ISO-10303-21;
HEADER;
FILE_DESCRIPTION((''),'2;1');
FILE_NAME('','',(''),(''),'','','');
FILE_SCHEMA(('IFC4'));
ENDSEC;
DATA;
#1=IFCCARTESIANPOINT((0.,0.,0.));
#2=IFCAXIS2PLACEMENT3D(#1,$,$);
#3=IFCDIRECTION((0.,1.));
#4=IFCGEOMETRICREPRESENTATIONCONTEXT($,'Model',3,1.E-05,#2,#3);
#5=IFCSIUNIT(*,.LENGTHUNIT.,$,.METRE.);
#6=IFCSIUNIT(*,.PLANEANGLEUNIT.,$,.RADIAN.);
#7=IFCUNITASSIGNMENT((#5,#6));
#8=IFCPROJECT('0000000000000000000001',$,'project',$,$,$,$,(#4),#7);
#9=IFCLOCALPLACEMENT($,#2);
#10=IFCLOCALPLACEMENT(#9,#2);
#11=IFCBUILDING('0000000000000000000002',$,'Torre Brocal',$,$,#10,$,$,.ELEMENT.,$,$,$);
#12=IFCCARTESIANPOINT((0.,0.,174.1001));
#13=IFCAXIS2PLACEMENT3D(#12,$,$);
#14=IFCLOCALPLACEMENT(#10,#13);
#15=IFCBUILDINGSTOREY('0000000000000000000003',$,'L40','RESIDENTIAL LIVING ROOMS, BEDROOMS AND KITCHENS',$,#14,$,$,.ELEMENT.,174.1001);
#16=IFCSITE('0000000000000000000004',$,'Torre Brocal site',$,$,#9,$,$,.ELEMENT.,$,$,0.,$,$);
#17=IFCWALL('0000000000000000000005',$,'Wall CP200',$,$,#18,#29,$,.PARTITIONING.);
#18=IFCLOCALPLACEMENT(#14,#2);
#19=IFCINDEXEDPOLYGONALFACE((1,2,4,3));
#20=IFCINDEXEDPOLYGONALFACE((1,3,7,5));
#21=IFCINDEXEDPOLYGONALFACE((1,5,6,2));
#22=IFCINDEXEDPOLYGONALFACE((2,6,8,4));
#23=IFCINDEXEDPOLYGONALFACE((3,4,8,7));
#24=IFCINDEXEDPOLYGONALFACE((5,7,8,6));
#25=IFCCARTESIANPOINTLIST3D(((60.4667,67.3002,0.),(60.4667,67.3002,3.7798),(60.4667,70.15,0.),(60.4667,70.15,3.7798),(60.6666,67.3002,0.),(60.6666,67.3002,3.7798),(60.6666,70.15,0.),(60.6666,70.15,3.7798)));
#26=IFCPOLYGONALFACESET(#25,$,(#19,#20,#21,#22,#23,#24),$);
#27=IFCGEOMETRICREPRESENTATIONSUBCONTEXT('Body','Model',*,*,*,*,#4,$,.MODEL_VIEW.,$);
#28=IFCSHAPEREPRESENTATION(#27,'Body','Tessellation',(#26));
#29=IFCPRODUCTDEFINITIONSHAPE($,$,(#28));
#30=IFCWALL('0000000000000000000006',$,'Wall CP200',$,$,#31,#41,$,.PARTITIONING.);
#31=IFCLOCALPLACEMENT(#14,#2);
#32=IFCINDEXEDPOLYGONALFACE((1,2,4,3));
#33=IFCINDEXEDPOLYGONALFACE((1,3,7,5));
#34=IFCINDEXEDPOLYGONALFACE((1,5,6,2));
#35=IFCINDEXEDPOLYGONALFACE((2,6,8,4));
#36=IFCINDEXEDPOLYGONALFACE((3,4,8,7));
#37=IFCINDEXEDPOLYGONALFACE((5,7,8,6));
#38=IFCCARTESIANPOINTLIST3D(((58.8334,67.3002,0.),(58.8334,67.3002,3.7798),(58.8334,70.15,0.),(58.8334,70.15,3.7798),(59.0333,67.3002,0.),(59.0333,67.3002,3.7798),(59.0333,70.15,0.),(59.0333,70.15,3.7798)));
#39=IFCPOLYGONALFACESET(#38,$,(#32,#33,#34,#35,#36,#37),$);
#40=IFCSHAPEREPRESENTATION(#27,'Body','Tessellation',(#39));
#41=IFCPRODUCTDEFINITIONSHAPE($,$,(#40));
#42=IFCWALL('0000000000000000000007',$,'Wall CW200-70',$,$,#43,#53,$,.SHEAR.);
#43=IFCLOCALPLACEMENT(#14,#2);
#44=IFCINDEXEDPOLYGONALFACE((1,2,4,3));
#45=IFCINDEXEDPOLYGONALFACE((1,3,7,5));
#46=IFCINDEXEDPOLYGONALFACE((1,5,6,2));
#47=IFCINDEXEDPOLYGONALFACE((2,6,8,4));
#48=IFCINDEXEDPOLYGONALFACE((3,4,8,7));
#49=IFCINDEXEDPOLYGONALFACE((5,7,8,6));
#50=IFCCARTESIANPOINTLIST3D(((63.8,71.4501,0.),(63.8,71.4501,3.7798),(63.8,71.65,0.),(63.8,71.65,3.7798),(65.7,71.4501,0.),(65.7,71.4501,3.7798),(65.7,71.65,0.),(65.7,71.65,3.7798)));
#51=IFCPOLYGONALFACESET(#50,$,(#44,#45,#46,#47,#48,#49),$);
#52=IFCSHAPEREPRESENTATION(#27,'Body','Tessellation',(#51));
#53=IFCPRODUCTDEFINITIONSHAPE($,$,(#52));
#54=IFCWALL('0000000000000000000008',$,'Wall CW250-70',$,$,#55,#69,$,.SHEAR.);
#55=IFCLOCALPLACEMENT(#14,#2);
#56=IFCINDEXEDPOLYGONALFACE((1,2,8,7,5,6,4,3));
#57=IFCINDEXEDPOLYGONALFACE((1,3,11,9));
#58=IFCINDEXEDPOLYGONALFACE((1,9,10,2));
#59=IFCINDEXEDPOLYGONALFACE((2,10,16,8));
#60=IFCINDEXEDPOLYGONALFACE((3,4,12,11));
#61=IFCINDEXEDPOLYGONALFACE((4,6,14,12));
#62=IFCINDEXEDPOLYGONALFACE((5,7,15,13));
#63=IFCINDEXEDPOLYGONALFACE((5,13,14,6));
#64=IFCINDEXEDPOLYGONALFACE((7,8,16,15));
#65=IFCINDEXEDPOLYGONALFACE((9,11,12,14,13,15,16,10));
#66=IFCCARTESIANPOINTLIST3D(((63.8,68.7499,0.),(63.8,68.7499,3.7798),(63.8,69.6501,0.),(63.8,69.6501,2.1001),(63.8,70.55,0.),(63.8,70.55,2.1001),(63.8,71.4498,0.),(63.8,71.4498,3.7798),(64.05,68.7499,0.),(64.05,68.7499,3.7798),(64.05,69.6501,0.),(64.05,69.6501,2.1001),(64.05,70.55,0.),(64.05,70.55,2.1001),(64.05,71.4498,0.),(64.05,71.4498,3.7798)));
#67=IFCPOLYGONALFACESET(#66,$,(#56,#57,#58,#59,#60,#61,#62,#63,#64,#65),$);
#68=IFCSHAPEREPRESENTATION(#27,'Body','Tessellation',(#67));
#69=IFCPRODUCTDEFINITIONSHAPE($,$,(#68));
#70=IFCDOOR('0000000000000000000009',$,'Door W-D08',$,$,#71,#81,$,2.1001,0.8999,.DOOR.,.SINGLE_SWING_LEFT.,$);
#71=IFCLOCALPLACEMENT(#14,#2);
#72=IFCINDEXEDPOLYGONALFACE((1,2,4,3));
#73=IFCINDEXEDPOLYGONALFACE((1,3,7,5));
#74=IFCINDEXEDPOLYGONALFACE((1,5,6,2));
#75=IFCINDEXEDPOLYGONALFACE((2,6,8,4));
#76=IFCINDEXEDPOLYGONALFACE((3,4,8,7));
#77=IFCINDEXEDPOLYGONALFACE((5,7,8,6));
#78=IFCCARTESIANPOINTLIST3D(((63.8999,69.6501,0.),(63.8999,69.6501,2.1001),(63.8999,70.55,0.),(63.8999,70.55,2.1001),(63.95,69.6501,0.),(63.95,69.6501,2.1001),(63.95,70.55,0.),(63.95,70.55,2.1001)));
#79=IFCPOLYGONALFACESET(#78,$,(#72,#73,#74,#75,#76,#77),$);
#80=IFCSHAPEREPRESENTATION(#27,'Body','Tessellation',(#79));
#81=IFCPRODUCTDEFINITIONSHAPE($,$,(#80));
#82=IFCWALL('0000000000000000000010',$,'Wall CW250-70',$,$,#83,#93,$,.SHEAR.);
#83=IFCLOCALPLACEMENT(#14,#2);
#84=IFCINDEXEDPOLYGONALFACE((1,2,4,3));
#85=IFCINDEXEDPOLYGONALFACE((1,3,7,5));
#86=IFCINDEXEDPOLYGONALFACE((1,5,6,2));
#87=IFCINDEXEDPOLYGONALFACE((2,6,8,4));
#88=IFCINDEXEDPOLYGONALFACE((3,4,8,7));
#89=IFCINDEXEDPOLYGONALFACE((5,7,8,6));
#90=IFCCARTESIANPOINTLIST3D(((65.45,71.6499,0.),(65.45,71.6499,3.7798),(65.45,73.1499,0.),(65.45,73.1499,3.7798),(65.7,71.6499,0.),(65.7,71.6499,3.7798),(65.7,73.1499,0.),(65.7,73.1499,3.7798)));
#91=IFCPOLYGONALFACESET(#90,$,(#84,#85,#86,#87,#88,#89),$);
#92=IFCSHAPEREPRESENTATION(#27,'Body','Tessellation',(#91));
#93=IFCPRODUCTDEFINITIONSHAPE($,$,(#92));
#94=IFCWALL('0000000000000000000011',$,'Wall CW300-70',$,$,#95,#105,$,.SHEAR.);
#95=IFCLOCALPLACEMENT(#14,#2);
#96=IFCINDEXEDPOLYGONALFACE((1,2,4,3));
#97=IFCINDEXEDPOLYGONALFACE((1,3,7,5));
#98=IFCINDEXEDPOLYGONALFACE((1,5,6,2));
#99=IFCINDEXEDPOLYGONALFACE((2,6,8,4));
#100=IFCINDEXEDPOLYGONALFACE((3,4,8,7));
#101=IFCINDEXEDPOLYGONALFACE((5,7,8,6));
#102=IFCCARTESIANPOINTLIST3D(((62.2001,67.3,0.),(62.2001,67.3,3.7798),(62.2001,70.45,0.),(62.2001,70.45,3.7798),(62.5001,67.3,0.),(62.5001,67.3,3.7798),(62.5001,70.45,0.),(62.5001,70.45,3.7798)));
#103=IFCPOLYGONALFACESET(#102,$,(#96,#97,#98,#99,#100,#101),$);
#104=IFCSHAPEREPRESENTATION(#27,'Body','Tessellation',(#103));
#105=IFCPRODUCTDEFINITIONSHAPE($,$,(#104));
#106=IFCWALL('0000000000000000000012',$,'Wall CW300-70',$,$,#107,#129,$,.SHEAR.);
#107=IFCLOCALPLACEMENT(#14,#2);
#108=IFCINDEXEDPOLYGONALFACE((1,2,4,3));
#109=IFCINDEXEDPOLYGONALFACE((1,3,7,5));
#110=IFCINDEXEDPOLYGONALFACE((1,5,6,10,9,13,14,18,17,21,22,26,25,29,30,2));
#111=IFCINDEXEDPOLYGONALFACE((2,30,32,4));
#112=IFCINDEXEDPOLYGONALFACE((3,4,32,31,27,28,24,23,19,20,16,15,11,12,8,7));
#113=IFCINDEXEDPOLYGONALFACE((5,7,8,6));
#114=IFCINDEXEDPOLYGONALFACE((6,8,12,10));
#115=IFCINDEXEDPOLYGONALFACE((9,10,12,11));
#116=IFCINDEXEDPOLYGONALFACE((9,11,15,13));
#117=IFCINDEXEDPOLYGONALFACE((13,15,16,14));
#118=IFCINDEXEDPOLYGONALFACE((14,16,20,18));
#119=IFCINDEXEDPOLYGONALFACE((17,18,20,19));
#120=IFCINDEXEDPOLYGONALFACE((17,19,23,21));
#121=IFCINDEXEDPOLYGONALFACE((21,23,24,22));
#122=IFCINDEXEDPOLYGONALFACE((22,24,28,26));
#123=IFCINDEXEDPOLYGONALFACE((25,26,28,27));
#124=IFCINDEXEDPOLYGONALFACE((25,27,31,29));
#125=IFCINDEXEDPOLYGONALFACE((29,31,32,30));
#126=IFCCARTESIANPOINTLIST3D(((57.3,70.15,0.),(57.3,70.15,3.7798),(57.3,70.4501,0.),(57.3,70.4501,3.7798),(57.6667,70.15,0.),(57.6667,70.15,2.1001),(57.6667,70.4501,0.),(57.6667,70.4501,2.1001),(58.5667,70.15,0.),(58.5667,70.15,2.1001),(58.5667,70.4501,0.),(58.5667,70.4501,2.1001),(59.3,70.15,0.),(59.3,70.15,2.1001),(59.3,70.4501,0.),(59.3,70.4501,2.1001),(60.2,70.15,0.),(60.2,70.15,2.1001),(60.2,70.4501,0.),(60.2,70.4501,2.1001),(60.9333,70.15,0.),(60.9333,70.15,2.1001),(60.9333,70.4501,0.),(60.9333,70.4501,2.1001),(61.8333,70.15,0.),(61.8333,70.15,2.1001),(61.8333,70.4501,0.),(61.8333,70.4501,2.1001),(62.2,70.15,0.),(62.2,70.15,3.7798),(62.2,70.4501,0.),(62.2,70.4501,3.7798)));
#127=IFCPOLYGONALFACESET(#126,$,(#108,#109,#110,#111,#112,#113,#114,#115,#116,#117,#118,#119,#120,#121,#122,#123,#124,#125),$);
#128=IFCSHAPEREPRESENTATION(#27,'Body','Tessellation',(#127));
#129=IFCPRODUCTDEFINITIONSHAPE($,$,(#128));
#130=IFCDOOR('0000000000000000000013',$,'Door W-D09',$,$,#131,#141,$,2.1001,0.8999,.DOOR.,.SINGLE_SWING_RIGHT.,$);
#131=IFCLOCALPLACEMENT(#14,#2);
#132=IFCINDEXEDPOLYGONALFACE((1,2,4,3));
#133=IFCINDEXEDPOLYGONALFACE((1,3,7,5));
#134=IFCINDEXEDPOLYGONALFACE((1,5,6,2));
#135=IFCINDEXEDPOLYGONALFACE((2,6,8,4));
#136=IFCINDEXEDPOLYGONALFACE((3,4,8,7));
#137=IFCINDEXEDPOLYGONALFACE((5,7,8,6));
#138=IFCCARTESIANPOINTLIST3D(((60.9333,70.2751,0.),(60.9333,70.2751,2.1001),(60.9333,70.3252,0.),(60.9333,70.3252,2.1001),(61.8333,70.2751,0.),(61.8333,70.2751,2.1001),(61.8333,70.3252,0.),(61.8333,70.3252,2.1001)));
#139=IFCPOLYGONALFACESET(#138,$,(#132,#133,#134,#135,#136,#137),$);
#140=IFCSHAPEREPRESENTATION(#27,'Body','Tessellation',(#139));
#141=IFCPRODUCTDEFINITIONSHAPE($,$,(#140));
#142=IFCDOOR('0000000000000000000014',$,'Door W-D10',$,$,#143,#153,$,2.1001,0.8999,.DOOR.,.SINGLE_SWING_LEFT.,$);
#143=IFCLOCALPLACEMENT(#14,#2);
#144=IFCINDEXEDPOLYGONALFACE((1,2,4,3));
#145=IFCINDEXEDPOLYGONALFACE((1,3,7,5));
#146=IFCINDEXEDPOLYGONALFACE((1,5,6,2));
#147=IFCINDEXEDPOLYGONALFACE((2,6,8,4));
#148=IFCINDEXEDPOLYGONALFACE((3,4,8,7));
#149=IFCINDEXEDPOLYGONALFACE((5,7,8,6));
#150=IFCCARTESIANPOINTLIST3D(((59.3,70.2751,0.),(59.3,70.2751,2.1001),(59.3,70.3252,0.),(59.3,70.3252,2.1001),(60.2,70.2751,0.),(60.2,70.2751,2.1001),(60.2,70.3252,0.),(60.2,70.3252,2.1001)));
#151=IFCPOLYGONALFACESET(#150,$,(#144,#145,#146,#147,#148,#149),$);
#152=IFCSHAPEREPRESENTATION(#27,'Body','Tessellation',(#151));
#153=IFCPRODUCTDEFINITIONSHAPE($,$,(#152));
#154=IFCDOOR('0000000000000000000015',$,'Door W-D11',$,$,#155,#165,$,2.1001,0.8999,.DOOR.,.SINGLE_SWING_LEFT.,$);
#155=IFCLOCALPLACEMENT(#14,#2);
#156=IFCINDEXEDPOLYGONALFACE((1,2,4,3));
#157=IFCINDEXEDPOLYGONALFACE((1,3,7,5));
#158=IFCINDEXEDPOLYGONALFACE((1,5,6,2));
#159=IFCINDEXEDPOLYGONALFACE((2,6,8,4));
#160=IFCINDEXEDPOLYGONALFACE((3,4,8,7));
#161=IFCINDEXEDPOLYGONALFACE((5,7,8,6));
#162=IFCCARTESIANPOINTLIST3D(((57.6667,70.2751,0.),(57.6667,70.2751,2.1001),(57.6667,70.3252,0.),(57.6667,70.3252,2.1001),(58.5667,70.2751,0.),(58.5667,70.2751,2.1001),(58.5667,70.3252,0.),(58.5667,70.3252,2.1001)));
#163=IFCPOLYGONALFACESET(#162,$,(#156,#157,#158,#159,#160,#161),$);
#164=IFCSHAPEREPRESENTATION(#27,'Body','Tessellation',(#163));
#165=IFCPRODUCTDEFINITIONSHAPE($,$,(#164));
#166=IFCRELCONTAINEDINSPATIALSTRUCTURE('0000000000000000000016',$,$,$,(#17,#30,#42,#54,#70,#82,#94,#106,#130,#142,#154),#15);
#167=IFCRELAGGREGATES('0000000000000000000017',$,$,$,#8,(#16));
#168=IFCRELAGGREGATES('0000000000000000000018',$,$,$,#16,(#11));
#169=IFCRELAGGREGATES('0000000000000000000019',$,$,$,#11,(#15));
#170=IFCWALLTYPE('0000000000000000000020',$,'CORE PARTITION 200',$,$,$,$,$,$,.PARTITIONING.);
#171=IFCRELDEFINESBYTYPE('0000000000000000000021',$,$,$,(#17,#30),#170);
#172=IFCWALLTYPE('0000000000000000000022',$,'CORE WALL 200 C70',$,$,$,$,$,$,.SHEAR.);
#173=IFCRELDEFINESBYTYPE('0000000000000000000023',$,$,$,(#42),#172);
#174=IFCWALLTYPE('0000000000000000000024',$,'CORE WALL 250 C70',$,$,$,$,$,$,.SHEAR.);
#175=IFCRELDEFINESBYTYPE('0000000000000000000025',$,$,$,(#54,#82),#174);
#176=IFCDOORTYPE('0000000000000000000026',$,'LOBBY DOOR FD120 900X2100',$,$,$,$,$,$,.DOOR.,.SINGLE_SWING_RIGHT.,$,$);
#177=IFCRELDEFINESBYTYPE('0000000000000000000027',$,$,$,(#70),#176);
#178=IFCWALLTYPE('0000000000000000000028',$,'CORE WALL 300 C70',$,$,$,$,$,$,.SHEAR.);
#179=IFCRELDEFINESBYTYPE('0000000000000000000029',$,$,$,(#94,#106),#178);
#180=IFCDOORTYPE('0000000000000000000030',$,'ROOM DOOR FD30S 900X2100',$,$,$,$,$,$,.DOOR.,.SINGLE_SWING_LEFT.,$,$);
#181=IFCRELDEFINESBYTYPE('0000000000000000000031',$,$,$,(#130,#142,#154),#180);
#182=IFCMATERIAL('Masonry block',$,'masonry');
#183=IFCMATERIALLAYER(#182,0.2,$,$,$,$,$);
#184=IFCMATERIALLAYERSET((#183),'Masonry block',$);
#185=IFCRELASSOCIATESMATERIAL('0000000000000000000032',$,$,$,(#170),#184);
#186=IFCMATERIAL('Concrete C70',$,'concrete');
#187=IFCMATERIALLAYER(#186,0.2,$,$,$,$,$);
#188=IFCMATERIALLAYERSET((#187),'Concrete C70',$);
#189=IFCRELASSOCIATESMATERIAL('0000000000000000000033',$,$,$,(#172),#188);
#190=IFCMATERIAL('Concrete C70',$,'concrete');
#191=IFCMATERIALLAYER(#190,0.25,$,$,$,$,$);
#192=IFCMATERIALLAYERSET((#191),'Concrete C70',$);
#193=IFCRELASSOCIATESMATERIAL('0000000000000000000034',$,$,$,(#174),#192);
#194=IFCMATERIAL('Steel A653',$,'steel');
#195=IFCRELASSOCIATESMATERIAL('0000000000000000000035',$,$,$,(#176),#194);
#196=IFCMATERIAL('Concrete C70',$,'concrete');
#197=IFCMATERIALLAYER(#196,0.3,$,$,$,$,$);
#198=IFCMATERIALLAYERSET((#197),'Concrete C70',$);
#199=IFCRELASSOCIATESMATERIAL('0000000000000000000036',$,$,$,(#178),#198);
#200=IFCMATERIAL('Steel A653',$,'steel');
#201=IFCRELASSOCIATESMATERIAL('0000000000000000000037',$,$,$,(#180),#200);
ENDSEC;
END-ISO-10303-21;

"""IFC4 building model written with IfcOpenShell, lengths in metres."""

from ifc_helpers import new_model, si_unit, direction, frame, frame_2d, origin, place, context, subcontext, project, spatial, rectangle, extrude, material, layer, layer_set, type_object, element, fill, save


model = new_model("IFC4")

# Units and contexts
model_context = context("Model", 3, precision=1e-05, world=origin(), true_north=direction((0.0, 1.0)))
body_context = subcontext(model_context, "Body", "Model", "MODEL_VIEW")
ifc_project = project(units=[si_unit("LENGTHUNIT", "METRE"), si_unit("PLANEANGLEUNIT", "RADIAN")], contexts=[model_context])

# Site, building, storey
site_placement = place(None, origin())
site = spatial("IfcSite", under=ifc_project, at=site_placement, Name="Torre Brocal site", CompositionType="ELEMENT", RefElevation=0.0)
building_placement = place(site_placement, origin())
building = spatial("IfcBuilding", under=site, at=building_placement, Name="Torre Brocal", CompositionType="ELEMENT")
storey_placement = place(building_placement, frame((0.0, 0.0, 174.1001)))
storey = spatial("IfcBuildingStorey", under=building, at=storey_placement, Name="L40", Description="RESIDENTIAL LIVING ROOMS, BEDROOMS AND KITCHENS", CompositionType="ELEMENT", Elevation=174.1001)

# Walls
ifc_material_1 = material(Name="Masonry block", Category="masonry")
ifc_layer_1 = layer(ifc_material_1, 0.2)
ifc_layer_set_1 = layer_set([ifc_layer_1], Name="Masonry block")
wall_type_1 = type_object("IfcWallType", Name="CORE PARTITION 200", PredefinedType="PARTITIONING", material=ifc_layer_set_1)
for number, where, z_axis, x_axis, name in (
    (1, (60.5667, 70.1499, 0.0), (0.0, 0.0, 1.0), (0.0, -1.0, 0.0), "Wall CP200"),
    (2, (58.9333, 70.1499, 0.0), (0.0, 0.0, 1.0), (0.0, -1.0, 0.0), "Wall CP200"),
):
    element("IfcWall", number, at=place(storey_placement, frame(where, z_axis=z_axis, x_axis=x_axis)), inside=storey, type_object=wall_type_1, Name=name, PredefinedType="PARTITIONING", context=body_context, shape_type="SweptSolid", body=[
        extrude(rectangle(XDim=2.8499, YDim=0.2, at=frame_2d((1.4248, 0.0))), origin(), (0.0, 0.0, 1.0), 3.7798),
    ])
ifc_material_2 = material(Name="Concrete C70", Category="concrete")
ifc_layer_2 = layer(ifc_material_2, 0.2)
ifc_layer_set_2 = layer_set([ifc_layer_2], Name="Concrete C70")
wall_type_2 = type_object("IfcWallType", Name="CORE WALL 200 C70", PredefinedType="SHEAR", material=ifc_layer_set_2)
wall_1_placement = place(storey_placement, frame((65.7, 71.55, 0.0), z_axis=(0.0, 0.0, 1.0), x_axis=(-1.0, 0.0, 0.0)))
element("IfcWall", 3, at=wall_1_placement, inside=storey, type_object=wall_type_2, Name="Wall CW200-70", PredefinedType="SHEAR", context=body_context, shape_type="SweptSolid", body=[
    extrude(rectangle(XDim=1.8999, YDim=0.2, at=frame_2d((0.95, 0.0))), origin(), (0.0, 0.0, 1.0), 3.7798),
])

# Wall, opening, door
ifc_material_3 = material(Name="Concrete C70", Category="concrete")
ifc_layer_3 = layer(ifc_material_3, 0.25)
ifc_layer_set_3 = layer_set([ifc_layer_3], Name="Concrete C70")
wall_type_3 = type_object("IfcWallType", Name="CORE WALL 250 C70", PredefinedType="SHEAR", material=ifc_layer_set_3)
wall_2_placement = place(storey_placement, frame((63.925, 71.45, 0.0), z_axis=(0.0, 0.0, 1.0), x_axis=(0.0, -1.0, 0.0)))
wall_2 = element("IfcWall", 4, at=wall_2_placement, inside=storey, type_object=wall_type_3, Name="Wall CW250-70", PredefinedType="SHEAR", context=body_context, shape_type="SweptSolid", body=[
    extrude(rectangle(XDim=2.7, YDim=0.25, at=frame_2d((1.3501, 0.0))), origin(), (0.0, 0.0, 1.0), 3.7798),
])
opening_1_placement = place(wall_2_placement, frame((0.8999, 0.0, 0.0)))
opening_1 = element("IfcOpeningElement", 5, at=opening_1_placement, cuts=wall_2, PredefinedType="OPENING", context=body_context, shape_type="SweptSolid", body=[
    extrude(rectangle(XDim=0.8999, YDim=2.1001, at=frame_2d((0.45, 1.05))), frame((0.0, 0.135, 0.0), z_axis=(0.0, -1.0, 0.0), x_axis=(1.0, 0.0, 0.0)), (0.0, 0.0, 1.0), 0.27),
])
ifc_material_4 = material(Name="Steel A653", Category="steel")
door_type_1 = type_object("IfcDoorType", Name="LOBBY DOOR FD120 900X2100", OperationType="SINGLE_SWING_RIGHT", PredefinedType="DOOR", material=ifc_material_4)
door_1_placement = place(opening_1_placement, origin())
door_1 = element("IfcDoor", 6, at=door_1_placement, inside=storey, type_object=door_type_1, Name="Door W-D08", OperationType="SINGLE_SWING_LEFT", OverallHeight=2.1001, OverallWidth=0.8999, PredefinedType="DOOR", context=body_context, shape_type="SweptSolid", body=[
    extrude(rectangle(XDim=0.8999, YDim=2.1001, at=frame_2d((0.45, 1.05))), frame((0.0, 0.0249, 0.0), z_axis=(0.0, -1.0, 0.0), x_axis=(1.0, 0.0, 0.0)), (0.0, 0.0, 1.0), 0.05),
])
fill(opening_1, door_1)

# Walls
wall_3_placement = place(storey_placement, frame((65.575, 73.1499, 0.0), z_axis=(0.0, 0.0, 1.0), x_axis=(0.0, -1.0, 0.0)))
element("IfcWall", 7, at=wall_3_placement, inside=storey, type_object=wall_type_3, Name="Wall CW250-70", PredefinedType="SHEAR", context=body_context, shape_type="SweptSolid", body=[
    extrude(rectangle(XDim=1.5, YDim=0.25, at=frame_2d((0.75, 0.0))), origin(), (0.0, 0.0, 1.0), 3.7798),
])
ifc_material_5 = material(Name="Concrete C70", Category="concrete")
ifc_layer_4 = layer(ifc_material_5, 0.3)
ifc_layer_set_4 = layer_set([ifc_layer_4], Name="Concrete C70")
wall_type_4 = type_object("IfcWallType", Name="CORE WALL 300 C70", PredefinedType="SHEAR", material=ifc_layer_set_4)
wall_4_placement = place(storey_placement, frame((62.3501, 70.45, 0.0), z_axis=(0.0, 0.0, 1.0), x_axis=(0.0, -1.0, 0.0)))
element("IfcWall", 8, at=wall_4_placement, inside=storey, type_object=wall_type_4, Name="Wall CW300-70", PredefinedType="SHEAR", context=body_context, shape_type="SweptSolid", body=[
    extrude(rectangle(XDim=3.1499, YDim=0.3, at=frame_2d((1.575, 0.0))), origin(), (0.0, 0.0, 1.0), 3.7798),
])

# Wall, openings, doors
wall_5_placement = place(storey_placement, frame((62.2, 70.3, 0.0), z_axis=(0.0, 0.0, 1.0), x_axis=(-1.0, 0.0, 0.0)))
wall_5 = element("IfcWall", 9, at=wall_5_placement, inside=storey, type_object=wall_type_4, Name="Wall CW300-70", PredefinedType="SHEAR", context=body_context, shape_type="SweptSolid", body=[
    extrude(rectangle(XDim=4.8999, YDim=0.3, at=frame_2d((2.45, 0.0))), origin(), (0.0, 0.0, 1.0), 3.7798),
])
opening_2_placement = place(wall_5_placement, frame((0.3667, 0.0, 0.0)))
opening_2 = element("IfcOpeningElement", 10, at=opening_2_placement, cuts=wall_5, PredefinedType="OPENING", context=body_context, shape_type="SweptSolid", body=[
    extrude(rectangle(XDim=0.8999, YDim=2.1001, at=frame_2d((0.45, 1.05))), frame((0.0, 0.1599, 0.0), z_axis=(0.0, -1.0, 0.0), x_axis=(1.0, 0.0, 0.0)), (0.0, 0.0, 1.0), 0.3201),
])
opening_3_placement = place(wall_5_placement, frame((2.0, 0.0, 0.0)))
opening_3 = element("IfcOpeningElement", 11, at=opening_3_placement, cuts=wall_5, PredefinedType="OPENING", context=body_context, shape_type="SweptSolid", body=[
    extrude(rectangle(XDim=0.8999, YDim=2.1001, at=frame_2d((0.45, 1.05))), frame((0.0, 0.1599, 0.0), z_axis=(0.0, -1.0, 0.0), x_axis=(1.0, 0.0, 0.0)), (0.0, 0.0, 1.0), 0.3201),
])
opening_4_placement = place(wall_5_placement, frame((3.6333, 0.0, 0.0)))
opening_4 = element("IfcOpeningElement", 12, at=opening_4_placement, cuts=wall_5, PredefinedType="OPENING", context=body_context, shape_type="SweptSolid", body=[
    extrude(rectangle(XDim=0.8999, YDim=2.1001, at=frame_2d((0.45, 1.05))), frame((0.0, 0.1599, 0.0), z_axis=(0.0, -1.0, 0.0), x_axis=(1.0, 0.0, 0.0)), (0.0, 0.0, 1.0), 0.3201),
])
ifc_material_6 = material(Name="Steel A653", Category="steel")
door_type_2 = type_object("IfcDoorType", Name="ROOM DOOR FD30S 900X2100", OperationType="SINGLE_SWING_LEFT", PredefinedType="DOOR", material=ifc_material_6)
door_2_placement = place(opening_2_placement, origin())
door_2 = element("IfcDoor", 13, at=door_2_placement, inside=storey, type_object=door_type_2, Name="Door W-D09", OperationType="SINGLE_SWING_RIGHT", OverallHeight=2.1001, OverallWidth=0.8999, PredefinedType="DOOR", context=body_context, shape_type="SweptSolid", body=[
    extrude(rectangle(XDim=0.8999, YDim=2.1001, at=frame_2d((0.45, 1.05))), frame((0.0, 0.0249, 0.0), z_axis=(0.0, -1.0, 0.0), x_axis=(1.0, 0.0, 0.0)), (0.0, 0.0, 1.0), 0.05),
])
fill(opening_2, door_2)
door_3_placement = place(opening_3_placement, origin())
door_3 = element("IfcDoor", 14, at=door_3_placement, inside=storey, type_object=door_type_2, Name="Door W-D10", OperationType="SINGLE_SWING_LEFT", OverallHeight=2.1001, OverallWidth=0.8999, PredefinedType="DOOR", context=body_context, shape_type="SweptSolid", body=[
    extrude(rectangle(XDim=0.8999, YDim=2.1001, at=frame_2d((0.45, 1.05))), frame((0.0, 0.0249, 0.0), z_axis=(0.0, -1.0, 0.0), x_axis=(1.0, 0.0, 0.0)), (0.0, 0.0, 1.0), 0.05),
])
fill(opening_3, door_3)
door_4_placement = place(opening_4_placement, origin())
door_4 = element("IfcDoor", 15, at=door_4_placement, inside=storey, type_object=door_type_2, Name="Door W-D11", OperationType="SINGLE_SWING_LEFT", OverallHeight=2.1001, OverallWidth=0.8999, PredefinedType="DOOR", context=body_context, shape_type="SweptSolid", body=[
    extrude(rectangle(XDim=0.8999, YDim=2.1001, at=frame_2d((0.45, 1.05))), frame((0.0, 0.0249, 0.0), z_axis=(0.0, -1.0, 0.0), x_axis=(1.0, 0.0, 0.0)), (0.0, 0.0, 1.0), 0.05),
])
fill(opening_4, door_4)

save(model, "model.ifc")
